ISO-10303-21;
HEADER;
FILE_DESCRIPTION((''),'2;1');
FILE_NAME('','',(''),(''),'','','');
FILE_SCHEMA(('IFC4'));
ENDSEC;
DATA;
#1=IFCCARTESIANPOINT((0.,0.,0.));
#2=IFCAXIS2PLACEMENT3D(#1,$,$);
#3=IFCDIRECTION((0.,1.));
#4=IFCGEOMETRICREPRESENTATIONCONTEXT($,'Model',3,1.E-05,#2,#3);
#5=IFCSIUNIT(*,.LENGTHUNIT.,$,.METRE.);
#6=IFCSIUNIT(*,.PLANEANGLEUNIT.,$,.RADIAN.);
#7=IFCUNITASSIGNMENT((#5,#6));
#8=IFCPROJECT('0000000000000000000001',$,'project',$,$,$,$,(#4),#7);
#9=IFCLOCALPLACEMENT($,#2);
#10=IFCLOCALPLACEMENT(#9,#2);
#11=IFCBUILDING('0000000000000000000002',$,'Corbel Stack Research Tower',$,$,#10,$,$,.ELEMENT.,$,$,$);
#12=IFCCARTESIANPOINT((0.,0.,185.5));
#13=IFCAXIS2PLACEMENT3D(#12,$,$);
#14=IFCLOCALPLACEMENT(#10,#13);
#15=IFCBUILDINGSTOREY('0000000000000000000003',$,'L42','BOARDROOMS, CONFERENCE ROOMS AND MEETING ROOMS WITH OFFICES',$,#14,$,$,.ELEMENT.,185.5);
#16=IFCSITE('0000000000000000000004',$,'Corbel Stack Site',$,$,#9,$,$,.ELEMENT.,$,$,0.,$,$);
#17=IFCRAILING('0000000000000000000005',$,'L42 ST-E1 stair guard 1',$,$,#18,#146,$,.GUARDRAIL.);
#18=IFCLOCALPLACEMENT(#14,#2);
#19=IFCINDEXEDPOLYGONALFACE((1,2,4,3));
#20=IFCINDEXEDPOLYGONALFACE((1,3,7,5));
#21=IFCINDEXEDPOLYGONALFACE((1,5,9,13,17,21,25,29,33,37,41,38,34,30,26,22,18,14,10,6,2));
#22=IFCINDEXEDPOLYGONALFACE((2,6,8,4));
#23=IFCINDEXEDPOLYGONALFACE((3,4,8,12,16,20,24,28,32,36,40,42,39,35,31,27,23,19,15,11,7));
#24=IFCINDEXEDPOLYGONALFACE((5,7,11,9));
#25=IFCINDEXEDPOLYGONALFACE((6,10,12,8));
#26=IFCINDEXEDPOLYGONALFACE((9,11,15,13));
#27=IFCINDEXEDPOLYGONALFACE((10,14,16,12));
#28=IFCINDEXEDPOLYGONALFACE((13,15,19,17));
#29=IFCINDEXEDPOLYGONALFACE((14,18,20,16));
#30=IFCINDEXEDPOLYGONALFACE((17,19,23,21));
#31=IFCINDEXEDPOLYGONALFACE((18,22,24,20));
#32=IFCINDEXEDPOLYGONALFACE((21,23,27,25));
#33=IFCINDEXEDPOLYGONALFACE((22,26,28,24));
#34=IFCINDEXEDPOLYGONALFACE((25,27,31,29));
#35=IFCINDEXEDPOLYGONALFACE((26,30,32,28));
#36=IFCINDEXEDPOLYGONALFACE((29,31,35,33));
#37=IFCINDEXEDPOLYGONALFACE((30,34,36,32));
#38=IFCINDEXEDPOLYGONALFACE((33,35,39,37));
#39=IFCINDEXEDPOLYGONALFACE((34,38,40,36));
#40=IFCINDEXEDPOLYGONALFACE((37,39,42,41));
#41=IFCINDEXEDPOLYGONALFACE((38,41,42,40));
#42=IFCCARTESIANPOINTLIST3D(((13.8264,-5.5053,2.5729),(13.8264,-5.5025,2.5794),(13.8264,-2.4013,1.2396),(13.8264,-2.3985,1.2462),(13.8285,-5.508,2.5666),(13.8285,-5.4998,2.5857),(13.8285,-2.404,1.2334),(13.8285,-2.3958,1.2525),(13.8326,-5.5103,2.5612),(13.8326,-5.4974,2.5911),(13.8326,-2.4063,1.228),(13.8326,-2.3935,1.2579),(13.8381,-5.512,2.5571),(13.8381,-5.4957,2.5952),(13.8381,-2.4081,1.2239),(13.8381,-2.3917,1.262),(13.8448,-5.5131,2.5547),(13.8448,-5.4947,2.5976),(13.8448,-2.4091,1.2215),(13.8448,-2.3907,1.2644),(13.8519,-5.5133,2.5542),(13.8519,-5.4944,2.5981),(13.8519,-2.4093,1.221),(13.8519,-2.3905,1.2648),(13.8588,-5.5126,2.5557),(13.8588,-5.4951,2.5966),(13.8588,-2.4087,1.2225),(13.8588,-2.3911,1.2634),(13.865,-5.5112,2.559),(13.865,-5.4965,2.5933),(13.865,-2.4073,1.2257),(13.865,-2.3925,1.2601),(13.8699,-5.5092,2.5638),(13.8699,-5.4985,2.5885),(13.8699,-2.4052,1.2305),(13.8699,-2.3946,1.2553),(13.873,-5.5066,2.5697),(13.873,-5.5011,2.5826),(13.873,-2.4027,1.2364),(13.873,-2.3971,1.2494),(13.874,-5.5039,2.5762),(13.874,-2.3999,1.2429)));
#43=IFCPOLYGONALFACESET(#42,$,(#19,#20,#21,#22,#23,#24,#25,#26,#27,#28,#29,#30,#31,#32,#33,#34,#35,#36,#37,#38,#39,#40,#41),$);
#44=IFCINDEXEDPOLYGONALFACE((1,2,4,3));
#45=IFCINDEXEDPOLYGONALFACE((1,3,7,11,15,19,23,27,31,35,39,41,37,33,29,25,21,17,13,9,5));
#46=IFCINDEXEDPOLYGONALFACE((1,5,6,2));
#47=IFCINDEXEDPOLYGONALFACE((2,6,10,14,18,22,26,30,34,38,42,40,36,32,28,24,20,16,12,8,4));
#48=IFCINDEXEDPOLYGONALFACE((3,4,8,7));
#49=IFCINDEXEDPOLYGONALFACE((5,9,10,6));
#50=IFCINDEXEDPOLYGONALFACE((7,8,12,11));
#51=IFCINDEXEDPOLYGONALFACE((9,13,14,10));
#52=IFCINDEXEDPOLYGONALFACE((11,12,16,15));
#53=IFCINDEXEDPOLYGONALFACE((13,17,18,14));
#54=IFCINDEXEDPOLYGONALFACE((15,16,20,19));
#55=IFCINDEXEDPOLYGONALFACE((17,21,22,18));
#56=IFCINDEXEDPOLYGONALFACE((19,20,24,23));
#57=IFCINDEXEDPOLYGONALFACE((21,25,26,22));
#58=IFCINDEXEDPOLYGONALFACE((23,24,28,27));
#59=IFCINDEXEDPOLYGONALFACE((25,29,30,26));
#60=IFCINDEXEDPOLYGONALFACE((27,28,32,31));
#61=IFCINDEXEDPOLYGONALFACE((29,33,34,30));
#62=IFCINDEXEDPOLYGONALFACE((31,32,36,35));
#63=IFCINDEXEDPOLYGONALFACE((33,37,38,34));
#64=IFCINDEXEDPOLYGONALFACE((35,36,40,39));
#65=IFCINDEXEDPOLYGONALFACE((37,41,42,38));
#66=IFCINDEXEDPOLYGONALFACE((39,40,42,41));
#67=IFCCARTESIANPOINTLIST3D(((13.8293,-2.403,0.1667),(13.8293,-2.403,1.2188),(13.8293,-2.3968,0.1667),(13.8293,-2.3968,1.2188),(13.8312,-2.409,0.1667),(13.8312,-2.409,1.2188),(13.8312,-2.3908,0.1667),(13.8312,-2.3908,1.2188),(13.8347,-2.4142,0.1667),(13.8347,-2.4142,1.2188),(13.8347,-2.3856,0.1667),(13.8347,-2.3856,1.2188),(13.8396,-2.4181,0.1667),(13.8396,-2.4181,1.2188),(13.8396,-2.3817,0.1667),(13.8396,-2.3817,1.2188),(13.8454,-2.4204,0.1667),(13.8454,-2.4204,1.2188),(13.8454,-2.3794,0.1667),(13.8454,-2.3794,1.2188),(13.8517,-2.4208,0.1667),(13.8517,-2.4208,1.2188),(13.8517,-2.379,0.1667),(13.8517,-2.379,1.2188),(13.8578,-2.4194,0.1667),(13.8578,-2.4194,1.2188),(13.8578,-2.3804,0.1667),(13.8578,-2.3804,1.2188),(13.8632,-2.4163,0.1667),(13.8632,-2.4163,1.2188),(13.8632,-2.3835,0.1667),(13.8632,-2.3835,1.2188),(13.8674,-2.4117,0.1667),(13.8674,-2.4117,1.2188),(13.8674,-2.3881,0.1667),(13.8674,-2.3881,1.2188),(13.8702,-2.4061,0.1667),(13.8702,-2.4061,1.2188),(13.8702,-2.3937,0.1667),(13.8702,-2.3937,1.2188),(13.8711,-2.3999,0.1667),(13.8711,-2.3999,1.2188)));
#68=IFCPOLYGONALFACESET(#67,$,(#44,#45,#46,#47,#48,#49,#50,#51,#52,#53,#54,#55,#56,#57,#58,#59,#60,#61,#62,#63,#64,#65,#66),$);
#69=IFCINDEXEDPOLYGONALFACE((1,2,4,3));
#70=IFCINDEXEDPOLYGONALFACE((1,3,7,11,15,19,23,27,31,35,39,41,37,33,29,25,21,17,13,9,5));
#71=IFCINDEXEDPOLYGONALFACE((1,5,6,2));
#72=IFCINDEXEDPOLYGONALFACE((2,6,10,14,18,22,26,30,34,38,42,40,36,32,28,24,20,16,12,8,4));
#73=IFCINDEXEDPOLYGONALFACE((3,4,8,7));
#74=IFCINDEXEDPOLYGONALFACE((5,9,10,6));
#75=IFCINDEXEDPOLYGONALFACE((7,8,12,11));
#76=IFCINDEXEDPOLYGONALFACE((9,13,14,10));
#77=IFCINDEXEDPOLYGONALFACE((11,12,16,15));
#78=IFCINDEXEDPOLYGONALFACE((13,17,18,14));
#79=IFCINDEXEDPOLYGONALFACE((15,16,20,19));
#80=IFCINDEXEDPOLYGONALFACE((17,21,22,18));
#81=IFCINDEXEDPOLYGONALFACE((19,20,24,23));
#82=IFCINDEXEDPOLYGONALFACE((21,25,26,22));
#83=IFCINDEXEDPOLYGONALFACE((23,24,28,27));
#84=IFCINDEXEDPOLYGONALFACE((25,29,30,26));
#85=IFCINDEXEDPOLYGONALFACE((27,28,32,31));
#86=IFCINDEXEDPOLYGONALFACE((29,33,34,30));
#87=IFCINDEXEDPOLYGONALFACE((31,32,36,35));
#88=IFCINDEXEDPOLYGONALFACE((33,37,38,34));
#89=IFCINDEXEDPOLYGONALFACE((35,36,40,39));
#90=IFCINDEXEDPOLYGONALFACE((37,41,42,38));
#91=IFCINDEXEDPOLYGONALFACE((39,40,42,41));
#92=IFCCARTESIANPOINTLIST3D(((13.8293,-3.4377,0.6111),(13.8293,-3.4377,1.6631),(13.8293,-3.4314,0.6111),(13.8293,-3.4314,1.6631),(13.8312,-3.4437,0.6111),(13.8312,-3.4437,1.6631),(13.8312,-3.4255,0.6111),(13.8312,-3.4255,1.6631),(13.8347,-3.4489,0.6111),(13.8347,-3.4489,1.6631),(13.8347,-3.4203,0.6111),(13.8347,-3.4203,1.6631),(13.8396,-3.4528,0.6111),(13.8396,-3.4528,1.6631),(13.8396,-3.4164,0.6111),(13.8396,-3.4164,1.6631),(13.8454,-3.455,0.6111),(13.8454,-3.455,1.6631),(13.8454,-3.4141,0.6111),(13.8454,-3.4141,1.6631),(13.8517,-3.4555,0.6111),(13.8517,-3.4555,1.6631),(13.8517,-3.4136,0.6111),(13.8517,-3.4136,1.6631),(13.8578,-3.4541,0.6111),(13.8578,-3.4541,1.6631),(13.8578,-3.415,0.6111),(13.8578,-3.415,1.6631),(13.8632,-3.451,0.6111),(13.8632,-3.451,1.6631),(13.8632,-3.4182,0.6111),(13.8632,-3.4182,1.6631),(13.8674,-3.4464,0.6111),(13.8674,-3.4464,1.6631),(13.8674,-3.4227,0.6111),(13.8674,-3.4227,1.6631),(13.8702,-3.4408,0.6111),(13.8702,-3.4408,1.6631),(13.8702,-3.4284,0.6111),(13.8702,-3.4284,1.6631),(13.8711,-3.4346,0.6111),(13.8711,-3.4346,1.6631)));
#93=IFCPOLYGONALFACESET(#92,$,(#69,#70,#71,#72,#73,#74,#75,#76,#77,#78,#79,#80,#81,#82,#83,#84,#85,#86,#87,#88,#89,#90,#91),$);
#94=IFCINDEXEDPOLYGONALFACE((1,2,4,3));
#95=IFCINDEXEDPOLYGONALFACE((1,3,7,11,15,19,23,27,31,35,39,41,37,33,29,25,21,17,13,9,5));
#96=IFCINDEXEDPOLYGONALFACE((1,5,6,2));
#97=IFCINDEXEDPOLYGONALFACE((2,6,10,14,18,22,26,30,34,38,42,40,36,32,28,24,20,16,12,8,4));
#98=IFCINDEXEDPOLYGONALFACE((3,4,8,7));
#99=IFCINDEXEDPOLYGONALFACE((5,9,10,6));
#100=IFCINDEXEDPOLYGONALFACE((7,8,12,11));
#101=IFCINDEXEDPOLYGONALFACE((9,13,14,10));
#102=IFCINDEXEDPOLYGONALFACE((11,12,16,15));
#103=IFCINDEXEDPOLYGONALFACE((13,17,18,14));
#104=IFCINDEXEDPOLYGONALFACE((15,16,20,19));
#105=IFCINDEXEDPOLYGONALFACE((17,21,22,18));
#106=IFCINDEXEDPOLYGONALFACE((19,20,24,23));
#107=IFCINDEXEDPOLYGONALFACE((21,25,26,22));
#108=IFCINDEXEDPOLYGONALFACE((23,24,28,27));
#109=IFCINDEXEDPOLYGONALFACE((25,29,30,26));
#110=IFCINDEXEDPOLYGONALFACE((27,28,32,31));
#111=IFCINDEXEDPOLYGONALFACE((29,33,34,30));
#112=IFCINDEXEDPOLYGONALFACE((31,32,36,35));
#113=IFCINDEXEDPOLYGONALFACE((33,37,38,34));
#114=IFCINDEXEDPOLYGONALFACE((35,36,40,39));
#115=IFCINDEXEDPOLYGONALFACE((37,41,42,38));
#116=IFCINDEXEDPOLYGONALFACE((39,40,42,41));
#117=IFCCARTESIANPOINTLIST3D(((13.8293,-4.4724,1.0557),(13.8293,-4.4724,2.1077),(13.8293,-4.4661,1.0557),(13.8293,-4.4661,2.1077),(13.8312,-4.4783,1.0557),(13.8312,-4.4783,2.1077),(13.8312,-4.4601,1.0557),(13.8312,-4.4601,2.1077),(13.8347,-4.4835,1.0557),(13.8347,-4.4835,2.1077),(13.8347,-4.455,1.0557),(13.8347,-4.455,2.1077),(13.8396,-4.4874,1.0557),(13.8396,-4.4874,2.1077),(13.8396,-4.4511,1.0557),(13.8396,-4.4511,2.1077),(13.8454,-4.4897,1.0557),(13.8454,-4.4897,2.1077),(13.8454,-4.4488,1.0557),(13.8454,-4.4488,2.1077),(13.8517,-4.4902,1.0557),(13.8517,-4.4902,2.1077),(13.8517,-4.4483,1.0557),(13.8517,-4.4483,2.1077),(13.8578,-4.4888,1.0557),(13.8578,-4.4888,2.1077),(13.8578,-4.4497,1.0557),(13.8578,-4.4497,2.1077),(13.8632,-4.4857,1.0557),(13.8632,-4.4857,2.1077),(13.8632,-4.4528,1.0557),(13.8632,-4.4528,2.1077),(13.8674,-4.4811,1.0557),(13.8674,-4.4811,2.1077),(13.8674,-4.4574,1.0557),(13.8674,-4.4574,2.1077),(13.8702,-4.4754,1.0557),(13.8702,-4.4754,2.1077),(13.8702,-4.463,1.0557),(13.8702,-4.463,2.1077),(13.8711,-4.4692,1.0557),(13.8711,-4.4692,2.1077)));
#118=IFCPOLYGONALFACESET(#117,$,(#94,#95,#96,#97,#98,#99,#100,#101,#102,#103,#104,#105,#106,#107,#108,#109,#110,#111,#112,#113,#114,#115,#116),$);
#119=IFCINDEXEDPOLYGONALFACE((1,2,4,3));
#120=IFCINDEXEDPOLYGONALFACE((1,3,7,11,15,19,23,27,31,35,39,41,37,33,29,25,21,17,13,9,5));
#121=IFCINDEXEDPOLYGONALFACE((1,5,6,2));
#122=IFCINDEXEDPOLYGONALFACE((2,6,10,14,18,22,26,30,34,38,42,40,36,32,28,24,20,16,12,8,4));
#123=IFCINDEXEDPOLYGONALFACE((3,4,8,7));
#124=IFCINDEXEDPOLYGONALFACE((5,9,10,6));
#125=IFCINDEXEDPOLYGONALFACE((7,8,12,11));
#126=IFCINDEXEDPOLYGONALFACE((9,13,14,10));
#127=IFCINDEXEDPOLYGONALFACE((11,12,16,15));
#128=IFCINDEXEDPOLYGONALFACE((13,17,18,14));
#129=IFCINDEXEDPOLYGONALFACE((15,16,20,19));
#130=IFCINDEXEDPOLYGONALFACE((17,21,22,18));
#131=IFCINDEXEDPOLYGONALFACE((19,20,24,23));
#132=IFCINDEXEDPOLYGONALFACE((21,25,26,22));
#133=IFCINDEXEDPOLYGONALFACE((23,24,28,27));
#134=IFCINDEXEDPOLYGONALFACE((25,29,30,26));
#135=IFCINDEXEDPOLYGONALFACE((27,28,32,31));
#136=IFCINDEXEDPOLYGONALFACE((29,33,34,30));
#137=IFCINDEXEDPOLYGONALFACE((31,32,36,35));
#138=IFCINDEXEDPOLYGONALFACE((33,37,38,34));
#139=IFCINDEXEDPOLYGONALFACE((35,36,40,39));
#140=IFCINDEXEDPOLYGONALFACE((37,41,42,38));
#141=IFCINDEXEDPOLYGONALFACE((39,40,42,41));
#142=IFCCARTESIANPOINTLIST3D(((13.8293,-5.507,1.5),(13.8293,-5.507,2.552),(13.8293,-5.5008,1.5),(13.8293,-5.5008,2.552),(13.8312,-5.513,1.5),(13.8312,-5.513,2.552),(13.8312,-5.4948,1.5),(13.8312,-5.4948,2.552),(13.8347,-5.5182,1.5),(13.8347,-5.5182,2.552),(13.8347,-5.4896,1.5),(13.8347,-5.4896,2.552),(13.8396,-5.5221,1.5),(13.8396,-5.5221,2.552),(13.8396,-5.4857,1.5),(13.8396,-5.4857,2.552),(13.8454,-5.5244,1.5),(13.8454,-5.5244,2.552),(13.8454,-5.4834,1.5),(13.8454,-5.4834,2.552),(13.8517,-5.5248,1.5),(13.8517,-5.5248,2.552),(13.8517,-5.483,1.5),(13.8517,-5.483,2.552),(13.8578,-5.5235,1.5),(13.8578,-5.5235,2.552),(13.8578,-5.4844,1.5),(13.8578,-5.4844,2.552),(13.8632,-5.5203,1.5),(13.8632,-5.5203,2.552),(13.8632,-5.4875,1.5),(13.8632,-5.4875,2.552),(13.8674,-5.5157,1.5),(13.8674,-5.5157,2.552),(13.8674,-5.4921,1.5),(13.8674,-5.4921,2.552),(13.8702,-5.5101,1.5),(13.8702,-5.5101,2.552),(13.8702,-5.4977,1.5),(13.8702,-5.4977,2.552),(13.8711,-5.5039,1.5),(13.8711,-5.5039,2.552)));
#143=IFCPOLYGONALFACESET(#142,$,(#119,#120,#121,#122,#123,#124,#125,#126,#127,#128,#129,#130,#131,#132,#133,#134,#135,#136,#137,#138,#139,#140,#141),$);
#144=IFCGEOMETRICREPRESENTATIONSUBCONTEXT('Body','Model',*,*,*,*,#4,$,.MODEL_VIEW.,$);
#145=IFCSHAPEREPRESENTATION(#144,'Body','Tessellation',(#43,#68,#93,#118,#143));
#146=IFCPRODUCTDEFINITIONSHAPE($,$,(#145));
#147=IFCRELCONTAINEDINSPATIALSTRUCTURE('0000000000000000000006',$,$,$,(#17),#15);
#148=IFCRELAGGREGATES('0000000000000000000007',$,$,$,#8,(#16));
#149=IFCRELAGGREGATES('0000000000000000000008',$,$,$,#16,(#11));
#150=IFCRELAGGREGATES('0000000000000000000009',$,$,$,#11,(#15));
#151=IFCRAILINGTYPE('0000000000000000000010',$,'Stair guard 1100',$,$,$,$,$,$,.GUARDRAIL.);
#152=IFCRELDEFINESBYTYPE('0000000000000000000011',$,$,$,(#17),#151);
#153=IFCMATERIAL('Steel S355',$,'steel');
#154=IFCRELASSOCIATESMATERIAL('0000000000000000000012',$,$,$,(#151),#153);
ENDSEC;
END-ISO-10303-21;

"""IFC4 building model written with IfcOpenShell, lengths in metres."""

from ifc_helpers import new_model, si_unit, direction, frame, origin, origin_2d, place, context, subcontext, project, spatial, circle, extrude, material, type_object, element, save


model = new_model("IFC4")

# Units and contexts
model_context = context("Model", 3, precision=1e-05, world=origin(), true_north=direction((0.0, 1.0)))
body_context = subcontext(model_context, "Body", "Model", "MODEL_VIEW")
ifc_project = project(units=[si_unit("LENGTHUNIT", "METRE"), si_unit("PLANEANGLEUNIT", "RADIAN")], contexts=[model_context])

# Site, building, storey
site_placement = place(None, origin())
site = spatial("IfcSite", under=ifc_project, at=site_placement, Name="Corbel Stack Site", CompositionType="ELEMENT", RefElevation=0.0)
building_placement = place(site_placement, origin())
building = spatial("IfcBuilding", under=site, at=building_placement, Name="Corbel Stack Research Tower", CompositionType="ELEMENT")
storey_placement = place(building_placement, frame((0.0, 0.0, 185.5)))
storey = spatial("IfcBuildingStorey", under=building, at=storey_placement, Name="L42", Description="BOARDROOMS, CONFERENCE ROOMS AND MEETING ROOMS WITH OFFICES", CompositionType="ELEMENT", Elevation=185.5)

# Railing
ifc_material_1 = material(Name="Steel S355", Category="steel")
railing_type_1 = type_object("IfcRailingType", Name="Stair guard 1100", PredefinedType="GUARDRAIL", material=ifc_material_1)
railing_1_placement = place(storey_placement, frame((13.8501, -2.3999, 0.1667)))
element("IfcRailing", 1, at=railing_1_placement, inside=storey, type_object=railing_type_1, Name="L42 ST-E1 stair guard 1", PredefinedType="GUARDRAIL", context=body_context, shape_type="SweptSolid", body=[
    extrude(circle(Radius=0.0239, at=origin_2d()), frame((0.0, 0.0, 1.0762), z_axis=(0.0, -0.918827, 0.394661), x_axis=(1.0, 0.0, 0.0)), (0.0, 0.0, 1.0), 3.3782),
    extrude(circle(Radius=0.021, at=origin_2d()), origin(), (0.0, 0.0, 1.0), 1.052),
    extrude(circle(Radius=0.021, at=origin_2d()), frame((0.0, -1.0347, 0.4443)), (0.0, 0.0, 1.0), 1.052),
    extrude(circle(Radius=0.021, at=origin_2d()), frame((0.0, -2.0693, 0.8889)), (0.0, 0.0, 1.0), 1.052),
    extrude(circle(Radius=0.021, at=origin_2d()), frame((0.0, -3.104, 1.3333)), (0.0, 0.0, 1.0), 1.052),
])

save(model, "model.ifc")
